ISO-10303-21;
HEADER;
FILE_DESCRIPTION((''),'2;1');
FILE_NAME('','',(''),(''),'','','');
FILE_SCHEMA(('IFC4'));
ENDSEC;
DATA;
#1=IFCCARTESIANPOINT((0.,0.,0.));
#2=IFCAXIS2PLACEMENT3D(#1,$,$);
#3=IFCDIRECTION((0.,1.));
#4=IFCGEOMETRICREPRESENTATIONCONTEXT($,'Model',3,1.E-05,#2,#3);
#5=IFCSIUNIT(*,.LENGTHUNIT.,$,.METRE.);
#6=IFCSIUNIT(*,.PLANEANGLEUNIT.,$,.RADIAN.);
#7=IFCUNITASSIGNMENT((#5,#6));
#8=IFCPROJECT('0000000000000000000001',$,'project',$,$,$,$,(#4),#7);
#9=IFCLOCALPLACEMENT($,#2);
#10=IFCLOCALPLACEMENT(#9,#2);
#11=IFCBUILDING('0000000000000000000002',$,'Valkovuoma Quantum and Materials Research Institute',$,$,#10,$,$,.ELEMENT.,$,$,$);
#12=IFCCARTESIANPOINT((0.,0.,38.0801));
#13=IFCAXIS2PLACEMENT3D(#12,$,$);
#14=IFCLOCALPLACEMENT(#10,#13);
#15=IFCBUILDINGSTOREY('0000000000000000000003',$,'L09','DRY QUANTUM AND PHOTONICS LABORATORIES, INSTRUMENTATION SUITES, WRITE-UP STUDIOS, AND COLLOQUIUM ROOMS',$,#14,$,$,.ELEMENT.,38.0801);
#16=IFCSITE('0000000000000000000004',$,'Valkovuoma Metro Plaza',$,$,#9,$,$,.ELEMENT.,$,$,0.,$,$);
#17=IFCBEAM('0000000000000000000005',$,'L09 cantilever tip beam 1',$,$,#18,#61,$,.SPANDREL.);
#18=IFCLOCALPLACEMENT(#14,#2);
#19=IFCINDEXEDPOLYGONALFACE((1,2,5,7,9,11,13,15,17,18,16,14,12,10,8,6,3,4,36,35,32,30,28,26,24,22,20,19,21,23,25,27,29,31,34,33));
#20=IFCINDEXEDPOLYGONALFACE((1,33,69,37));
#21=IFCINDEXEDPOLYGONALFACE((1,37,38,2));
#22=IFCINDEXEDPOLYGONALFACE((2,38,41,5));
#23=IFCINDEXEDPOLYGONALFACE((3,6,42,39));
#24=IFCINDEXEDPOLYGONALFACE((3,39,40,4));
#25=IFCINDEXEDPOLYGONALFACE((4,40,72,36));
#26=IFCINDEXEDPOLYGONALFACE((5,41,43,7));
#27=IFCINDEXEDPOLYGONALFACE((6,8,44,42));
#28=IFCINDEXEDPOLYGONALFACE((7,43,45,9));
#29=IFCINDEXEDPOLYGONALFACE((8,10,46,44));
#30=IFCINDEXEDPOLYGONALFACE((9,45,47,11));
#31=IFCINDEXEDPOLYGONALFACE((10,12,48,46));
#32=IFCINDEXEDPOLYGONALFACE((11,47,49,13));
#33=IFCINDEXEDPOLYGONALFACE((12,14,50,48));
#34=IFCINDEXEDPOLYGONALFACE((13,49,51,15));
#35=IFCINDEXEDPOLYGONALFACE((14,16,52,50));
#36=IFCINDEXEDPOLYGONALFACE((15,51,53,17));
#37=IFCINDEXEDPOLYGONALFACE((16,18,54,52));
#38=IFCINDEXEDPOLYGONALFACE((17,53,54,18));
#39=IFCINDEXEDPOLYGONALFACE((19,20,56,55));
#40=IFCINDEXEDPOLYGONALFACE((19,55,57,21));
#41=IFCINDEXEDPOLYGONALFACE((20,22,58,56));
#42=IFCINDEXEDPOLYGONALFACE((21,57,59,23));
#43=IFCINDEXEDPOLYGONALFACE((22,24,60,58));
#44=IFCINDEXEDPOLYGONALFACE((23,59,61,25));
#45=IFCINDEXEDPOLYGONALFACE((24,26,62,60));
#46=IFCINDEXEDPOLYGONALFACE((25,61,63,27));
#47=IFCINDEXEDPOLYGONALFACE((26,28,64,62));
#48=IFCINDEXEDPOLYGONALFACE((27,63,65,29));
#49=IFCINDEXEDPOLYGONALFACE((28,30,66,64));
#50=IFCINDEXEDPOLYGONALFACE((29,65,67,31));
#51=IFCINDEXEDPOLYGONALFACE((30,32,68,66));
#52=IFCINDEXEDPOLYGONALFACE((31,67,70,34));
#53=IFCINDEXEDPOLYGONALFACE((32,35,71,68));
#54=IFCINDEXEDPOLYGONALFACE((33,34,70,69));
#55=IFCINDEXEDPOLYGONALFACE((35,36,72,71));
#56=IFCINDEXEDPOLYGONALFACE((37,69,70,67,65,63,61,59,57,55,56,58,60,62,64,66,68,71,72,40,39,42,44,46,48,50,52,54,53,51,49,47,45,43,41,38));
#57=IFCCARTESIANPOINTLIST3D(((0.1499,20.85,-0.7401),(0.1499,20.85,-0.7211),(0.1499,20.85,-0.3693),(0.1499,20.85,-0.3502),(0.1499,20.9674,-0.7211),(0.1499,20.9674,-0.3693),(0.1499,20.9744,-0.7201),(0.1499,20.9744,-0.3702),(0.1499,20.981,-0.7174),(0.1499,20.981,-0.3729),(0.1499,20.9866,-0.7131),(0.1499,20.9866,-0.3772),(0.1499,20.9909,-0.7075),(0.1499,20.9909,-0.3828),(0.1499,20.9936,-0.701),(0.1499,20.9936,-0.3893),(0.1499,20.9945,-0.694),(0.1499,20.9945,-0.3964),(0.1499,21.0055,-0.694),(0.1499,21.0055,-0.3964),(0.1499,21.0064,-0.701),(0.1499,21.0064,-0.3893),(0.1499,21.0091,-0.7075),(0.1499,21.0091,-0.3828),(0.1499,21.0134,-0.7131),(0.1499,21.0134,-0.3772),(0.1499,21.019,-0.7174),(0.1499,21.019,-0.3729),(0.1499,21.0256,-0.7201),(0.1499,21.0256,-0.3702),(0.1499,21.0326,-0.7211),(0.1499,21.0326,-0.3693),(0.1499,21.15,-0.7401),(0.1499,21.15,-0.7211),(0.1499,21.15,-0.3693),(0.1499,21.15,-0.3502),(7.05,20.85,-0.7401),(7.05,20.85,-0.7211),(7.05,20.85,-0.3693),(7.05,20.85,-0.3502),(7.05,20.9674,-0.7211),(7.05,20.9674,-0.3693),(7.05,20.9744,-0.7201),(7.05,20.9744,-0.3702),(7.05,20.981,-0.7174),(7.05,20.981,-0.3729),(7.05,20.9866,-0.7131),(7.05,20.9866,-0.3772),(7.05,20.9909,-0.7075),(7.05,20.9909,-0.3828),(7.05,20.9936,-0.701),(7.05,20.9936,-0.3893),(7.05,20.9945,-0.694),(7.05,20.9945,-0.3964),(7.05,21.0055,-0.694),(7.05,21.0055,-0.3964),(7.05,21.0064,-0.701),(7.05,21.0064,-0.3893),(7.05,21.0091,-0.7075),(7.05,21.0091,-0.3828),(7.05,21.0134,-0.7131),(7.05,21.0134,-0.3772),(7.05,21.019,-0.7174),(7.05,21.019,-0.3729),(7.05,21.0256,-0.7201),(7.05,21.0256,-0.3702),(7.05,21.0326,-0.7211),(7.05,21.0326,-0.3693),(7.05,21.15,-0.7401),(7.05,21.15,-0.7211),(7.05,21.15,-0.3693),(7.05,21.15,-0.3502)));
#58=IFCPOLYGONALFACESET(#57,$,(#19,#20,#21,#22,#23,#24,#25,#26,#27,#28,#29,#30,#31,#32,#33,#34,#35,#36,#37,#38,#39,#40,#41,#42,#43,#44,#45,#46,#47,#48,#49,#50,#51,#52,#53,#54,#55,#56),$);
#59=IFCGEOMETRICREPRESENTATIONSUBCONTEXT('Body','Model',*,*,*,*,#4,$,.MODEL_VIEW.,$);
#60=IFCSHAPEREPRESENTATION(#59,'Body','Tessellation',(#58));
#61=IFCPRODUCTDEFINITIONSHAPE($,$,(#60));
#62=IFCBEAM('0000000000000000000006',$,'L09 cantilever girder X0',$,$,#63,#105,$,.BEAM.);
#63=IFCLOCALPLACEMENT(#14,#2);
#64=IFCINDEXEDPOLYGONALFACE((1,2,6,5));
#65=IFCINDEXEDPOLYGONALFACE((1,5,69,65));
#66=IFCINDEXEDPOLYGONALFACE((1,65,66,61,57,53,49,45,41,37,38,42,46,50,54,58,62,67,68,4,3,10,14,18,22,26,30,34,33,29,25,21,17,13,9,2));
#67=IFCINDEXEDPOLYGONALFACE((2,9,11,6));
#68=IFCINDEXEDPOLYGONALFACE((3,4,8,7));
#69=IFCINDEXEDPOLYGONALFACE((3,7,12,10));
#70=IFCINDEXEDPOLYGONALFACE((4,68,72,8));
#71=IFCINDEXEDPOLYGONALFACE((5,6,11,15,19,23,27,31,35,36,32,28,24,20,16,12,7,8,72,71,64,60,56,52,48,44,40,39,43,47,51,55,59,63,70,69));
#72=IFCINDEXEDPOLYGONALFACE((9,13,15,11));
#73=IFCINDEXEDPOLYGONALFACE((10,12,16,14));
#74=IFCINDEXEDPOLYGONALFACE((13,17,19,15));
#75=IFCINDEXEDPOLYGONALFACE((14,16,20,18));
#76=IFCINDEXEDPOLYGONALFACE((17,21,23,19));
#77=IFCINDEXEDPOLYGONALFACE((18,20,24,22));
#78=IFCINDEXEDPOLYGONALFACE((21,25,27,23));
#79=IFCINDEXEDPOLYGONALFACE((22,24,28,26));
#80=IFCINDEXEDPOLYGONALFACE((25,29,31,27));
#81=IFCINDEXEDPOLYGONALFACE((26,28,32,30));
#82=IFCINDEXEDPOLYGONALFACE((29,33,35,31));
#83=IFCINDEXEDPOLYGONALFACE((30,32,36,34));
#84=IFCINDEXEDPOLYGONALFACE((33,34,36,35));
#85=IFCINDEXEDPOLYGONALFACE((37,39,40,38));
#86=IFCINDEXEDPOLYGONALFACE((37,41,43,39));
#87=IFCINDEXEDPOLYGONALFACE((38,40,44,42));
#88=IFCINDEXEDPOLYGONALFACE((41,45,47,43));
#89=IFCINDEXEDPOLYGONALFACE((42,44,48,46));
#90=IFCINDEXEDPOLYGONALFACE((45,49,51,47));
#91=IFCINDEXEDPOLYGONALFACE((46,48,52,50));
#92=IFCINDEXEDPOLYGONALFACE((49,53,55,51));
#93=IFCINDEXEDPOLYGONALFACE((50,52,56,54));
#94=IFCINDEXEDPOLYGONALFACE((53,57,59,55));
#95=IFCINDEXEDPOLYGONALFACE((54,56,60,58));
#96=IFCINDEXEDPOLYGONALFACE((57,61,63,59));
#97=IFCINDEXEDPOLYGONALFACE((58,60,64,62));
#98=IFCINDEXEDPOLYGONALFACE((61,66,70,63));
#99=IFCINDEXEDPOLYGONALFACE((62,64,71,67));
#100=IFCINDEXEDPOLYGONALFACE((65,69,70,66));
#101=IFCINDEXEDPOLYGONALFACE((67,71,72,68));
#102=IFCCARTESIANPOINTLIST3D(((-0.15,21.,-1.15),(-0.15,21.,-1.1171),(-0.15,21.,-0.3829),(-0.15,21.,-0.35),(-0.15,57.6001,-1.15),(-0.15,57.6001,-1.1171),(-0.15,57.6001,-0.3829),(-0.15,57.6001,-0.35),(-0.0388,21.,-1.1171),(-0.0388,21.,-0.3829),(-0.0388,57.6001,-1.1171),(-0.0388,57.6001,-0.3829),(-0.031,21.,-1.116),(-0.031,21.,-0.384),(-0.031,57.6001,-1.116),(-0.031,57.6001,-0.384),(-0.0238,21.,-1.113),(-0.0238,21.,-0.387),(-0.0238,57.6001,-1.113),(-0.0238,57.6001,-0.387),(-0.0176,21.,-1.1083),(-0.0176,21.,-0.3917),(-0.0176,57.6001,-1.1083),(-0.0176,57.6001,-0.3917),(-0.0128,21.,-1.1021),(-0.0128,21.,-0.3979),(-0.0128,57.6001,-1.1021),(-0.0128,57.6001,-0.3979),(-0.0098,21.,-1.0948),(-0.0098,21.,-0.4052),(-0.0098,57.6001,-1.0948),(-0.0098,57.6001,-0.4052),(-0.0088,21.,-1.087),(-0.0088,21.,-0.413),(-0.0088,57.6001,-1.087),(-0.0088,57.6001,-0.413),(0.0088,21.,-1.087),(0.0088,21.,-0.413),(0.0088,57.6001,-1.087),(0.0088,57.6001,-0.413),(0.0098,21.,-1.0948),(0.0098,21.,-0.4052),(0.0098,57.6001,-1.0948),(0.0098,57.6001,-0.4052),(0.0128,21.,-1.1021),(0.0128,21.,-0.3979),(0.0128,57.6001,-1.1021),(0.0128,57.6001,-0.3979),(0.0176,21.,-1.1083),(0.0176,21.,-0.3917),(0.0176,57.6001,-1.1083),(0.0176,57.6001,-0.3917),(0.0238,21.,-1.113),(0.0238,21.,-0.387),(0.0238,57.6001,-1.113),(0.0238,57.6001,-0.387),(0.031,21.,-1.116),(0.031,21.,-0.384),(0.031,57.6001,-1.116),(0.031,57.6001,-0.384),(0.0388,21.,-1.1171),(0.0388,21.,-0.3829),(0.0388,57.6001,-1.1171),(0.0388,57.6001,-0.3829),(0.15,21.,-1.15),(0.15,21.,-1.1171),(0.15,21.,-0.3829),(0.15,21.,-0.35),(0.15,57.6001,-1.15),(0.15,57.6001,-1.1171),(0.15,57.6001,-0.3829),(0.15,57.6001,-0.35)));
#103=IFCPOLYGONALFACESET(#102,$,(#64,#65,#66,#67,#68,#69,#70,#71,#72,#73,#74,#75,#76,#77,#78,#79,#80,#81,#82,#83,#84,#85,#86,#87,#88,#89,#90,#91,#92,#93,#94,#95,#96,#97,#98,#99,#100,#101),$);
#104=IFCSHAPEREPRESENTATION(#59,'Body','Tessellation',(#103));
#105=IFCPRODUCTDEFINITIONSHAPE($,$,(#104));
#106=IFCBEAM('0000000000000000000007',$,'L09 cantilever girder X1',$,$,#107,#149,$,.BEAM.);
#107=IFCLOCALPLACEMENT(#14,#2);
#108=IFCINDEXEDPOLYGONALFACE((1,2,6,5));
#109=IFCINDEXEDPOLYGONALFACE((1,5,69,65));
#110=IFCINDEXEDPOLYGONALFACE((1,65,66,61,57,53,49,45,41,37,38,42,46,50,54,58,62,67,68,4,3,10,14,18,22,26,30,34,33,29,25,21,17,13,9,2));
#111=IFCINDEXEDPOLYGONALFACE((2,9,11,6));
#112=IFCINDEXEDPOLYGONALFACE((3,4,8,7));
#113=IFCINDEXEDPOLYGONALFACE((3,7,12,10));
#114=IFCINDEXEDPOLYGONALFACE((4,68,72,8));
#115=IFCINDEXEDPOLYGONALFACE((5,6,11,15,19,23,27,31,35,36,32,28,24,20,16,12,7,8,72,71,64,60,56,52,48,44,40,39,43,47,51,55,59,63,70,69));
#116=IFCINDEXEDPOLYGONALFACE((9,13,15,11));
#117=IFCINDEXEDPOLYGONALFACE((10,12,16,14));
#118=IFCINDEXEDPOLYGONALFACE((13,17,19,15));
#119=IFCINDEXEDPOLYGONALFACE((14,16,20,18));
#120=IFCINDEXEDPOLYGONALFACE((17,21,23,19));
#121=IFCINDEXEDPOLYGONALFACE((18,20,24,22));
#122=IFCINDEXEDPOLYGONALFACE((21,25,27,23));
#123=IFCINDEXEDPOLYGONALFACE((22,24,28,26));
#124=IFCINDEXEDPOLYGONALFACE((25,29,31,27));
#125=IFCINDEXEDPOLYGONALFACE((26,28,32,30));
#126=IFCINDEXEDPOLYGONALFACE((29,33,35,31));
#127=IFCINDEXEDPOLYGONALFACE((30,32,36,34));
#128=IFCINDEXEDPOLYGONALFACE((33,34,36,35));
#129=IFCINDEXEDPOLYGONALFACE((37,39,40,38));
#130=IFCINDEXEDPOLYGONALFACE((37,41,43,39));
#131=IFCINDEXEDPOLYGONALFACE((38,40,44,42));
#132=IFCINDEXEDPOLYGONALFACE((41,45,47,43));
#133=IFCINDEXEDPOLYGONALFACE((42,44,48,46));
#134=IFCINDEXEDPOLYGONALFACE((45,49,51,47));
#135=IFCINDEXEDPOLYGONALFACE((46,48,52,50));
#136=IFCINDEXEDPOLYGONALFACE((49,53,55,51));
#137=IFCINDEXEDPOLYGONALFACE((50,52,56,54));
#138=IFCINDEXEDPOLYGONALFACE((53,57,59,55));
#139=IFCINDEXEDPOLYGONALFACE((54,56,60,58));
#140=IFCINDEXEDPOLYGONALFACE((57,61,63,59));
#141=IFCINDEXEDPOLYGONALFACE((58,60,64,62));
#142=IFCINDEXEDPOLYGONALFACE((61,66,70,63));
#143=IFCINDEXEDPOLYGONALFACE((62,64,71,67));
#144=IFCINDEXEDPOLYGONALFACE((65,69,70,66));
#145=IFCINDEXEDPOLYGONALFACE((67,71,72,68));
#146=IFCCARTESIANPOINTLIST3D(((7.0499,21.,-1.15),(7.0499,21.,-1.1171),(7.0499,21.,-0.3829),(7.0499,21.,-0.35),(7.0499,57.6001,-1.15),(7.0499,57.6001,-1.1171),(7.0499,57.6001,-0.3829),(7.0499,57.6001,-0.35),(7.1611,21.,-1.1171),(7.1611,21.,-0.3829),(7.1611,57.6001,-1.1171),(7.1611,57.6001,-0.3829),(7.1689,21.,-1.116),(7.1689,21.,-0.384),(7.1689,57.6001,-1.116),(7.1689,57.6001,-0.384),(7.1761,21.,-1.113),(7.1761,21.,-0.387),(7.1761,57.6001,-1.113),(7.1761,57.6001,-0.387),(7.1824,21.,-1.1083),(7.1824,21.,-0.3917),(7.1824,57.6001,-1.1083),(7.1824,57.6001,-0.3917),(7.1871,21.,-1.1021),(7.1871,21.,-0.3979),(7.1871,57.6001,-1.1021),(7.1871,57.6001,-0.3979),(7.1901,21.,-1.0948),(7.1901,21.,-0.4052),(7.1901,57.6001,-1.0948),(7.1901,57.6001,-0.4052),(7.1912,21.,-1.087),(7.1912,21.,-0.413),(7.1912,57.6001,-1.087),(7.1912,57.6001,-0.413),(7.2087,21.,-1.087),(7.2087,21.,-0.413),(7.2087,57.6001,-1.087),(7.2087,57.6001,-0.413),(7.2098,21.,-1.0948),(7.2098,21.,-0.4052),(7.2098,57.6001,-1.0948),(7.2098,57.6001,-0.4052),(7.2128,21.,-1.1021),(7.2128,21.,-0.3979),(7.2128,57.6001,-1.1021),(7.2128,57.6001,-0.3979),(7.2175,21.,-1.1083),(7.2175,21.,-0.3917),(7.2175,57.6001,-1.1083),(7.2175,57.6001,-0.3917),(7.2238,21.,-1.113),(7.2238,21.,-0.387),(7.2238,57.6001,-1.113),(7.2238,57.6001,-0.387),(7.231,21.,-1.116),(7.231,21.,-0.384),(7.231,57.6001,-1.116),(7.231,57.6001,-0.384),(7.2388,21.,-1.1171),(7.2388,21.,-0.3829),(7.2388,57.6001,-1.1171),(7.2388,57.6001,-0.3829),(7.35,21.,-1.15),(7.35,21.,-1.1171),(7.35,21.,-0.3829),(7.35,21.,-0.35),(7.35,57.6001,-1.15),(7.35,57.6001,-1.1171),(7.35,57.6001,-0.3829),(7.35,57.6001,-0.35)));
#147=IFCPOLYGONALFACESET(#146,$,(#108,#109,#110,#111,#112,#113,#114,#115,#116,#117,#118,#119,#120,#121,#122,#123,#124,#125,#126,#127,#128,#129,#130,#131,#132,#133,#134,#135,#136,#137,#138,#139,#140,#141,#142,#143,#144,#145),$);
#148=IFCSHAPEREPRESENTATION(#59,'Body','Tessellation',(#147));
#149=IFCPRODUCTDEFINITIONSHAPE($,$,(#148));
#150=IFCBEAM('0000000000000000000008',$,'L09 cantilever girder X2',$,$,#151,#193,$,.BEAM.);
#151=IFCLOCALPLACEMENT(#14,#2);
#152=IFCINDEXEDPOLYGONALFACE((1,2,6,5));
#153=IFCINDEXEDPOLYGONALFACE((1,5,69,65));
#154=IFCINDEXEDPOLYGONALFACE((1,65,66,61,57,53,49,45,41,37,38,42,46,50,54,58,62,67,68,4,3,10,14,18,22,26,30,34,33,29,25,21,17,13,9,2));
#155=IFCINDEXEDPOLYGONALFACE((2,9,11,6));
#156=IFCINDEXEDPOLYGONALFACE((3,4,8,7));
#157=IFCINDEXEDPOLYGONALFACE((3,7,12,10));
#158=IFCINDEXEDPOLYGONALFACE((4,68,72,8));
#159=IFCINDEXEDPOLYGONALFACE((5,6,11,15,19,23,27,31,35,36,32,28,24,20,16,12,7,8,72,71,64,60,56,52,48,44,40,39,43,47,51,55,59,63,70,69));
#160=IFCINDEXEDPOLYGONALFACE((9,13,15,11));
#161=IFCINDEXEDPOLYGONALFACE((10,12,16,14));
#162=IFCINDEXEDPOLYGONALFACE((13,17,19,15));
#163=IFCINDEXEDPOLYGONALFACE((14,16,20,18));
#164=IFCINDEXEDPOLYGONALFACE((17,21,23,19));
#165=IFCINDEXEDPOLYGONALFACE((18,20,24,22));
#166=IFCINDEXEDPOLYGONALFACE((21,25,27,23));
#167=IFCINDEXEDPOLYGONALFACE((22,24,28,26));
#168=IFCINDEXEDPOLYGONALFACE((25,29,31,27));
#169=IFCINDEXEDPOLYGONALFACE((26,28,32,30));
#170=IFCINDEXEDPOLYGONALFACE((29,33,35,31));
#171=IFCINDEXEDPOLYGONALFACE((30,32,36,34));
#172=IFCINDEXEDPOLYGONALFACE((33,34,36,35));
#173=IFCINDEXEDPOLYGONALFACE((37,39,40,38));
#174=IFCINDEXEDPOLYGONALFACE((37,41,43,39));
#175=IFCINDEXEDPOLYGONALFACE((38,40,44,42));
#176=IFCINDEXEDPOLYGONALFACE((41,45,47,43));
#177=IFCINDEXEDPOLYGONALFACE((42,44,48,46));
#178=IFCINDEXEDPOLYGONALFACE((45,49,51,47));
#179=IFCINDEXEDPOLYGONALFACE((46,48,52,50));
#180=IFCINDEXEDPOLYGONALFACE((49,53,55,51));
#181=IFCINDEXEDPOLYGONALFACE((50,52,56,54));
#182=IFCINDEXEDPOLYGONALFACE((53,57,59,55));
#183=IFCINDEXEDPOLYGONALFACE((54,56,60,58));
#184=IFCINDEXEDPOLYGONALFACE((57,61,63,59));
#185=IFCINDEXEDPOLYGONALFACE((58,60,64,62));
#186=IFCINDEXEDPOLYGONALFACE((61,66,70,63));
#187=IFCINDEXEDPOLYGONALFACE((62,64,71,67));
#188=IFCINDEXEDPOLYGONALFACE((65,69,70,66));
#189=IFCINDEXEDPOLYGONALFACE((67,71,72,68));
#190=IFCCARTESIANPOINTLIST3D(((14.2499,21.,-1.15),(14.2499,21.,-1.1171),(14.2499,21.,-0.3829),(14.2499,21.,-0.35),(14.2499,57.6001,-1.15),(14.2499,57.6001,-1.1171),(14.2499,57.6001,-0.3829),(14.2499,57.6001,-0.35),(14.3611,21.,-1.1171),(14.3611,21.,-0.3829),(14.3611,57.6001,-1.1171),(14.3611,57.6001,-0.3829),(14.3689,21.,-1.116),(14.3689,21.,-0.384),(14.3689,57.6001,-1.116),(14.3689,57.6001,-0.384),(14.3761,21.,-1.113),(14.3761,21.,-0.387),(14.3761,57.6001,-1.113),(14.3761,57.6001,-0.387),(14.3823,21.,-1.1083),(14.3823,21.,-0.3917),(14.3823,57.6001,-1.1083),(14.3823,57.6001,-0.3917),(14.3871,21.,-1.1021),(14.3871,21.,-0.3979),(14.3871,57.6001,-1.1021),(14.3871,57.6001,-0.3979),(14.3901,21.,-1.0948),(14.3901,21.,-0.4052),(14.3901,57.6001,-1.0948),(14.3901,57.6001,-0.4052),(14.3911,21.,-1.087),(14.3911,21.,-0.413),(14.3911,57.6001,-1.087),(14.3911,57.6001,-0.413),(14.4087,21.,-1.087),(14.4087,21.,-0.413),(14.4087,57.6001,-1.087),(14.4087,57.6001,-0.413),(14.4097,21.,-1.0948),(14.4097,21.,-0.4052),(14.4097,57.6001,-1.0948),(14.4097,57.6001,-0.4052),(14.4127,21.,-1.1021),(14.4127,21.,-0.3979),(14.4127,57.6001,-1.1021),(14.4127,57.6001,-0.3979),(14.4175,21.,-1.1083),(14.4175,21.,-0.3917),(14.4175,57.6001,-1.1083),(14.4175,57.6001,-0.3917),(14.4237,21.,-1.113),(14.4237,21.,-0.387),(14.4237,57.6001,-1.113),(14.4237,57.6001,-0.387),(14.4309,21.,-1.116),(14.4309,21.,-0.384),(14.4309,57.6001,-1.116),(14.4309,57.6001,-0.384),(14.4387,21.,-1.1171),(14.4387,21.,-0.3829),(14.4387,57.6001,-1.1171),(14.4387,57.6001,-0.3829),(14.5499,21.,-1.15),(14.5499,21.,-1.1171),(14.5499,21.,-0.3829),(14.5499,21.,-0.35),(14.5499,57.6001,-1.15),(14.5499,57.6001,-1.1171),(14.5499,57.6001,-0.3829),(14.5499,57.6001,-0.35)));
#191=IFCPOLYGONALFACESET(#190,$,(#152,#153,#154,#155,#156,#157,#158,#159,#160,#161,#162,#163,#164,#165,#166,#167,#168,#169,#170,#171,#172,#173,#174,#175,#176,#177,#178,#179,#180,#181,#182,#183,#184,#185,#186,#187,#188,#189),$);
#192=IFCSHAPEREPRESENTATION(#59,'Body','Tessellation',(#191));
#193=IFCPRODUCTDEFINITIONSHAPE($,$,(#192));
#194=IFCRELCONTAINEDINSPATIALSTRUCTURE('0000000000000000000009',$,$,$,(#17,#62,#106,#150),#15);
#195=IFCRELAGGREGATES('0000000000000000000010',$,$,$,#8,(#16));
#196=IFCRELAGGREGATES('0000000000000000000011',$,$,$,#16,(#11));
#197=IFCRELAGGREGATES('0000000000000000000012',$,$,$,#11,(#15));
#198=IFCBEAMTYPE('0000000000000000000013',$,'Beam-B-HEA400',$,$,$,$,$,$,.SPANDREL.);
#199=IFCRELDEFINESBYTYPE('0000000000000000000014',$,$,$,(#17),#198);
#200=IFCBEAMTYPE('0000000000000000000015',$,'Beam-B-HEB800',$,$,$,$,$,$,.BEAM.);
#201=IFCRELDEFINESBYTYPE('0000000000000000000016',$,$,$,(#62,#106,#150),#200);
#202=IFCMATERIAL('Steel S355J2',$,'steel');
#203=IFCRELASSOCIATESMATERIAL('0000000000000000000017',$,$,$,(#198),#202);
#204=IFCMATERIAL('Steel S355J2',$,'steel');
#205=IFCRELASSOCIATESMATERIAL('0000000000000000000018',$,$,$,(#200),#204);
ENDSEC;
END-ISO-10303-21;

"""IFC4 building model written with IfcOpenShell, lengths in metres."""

from ifc_helpers import new_model, si_unit, direction, frame, origin, origin_2d, place, context, subcontext, project, spatial, i_section, extrude, material, material_profile, profile_set, type_object, element, save


model = new_model("IFC4")

# Units and contexts
model_context = context("Model", 3, precision=1e-05, world=origin(), true_north=direction((0.0, 1.0)))
body_context = subcontext(model_context, "Body", "Model", "MODEL_VIEW")
ifc_project = project(units=[si_unit("LENGTHUNIT", "METRE"), si_unit("PLANEANGLEUNIT", "RADIAN")], contexts=[model_context])

# Site, building, storey
site_placement = place(None, origin())
site = spatial("IfcSite", under=ifc_project, at=site_placement, Name="Valkovuoma Metro Plaza", CompositionType="ELEMENT", RefElevation=0.0)
building_placement = place(site_placement, origin())
building = spatial("IfcBuilding", under=site, at=building_placement, Name="Valkovuoma Quantum and Materials Research Institute", CompositionType="ELEMENT")
storey_placement = place(building_placement, frame((0.0, 0.0, 38.0801)))
storey = spatial("IfcBuildingStorey", under=building, at=storey_placement, Name="L09", Description="DRY QUANTUM AND PHOTONICS LABORATORIES, INSTRUMENTATION SUITES, WRITE-UP STUDIOS, AND COLLOQUIUM ROOMS", CompositionType="ELEMENT", Elevation=38.0801)

# Beams
ifc_material_1 = material(Name="Steel S355J2", Category="steel")
ifc_material_profile_1 = material_profile(ifc_material_1, i_section(OverallWidth=0.3, OverallDepth=0.3899, WebThickness=0.011, FlangeThickness=0.019, FilletRadius=0.0271, at=origin_2d()), Name="Steel S355J2")
ifc_profile_set_1 = profile_set([ifc_material_profile_1], Name="Steel S355J2")
beam_type_1 = type_object("IfcBeamType", Name="Beam-B-HEA400", PredefinedType="SPANDREL", material=ifc_profile_set_1)
beam_placement = place(storey_placement, frame((0.1499, 21.0, -0.5452), z_axis=(1.0, 0.0, 0.0), x_axis=(0.0, 1.0, 0.0)))
element("IfcBeam", 1, at=beam_placement, inside=storey, type_object=beam_type_1, Name="L09 cantilever tip beam 1", PredefinedType="SPANDREL", context=body_context, shape_type="SweptSolid", body=[
    extrude(i_section(OverallWidth=0.3, OverallDepth=0.3899, WebThickness=0.011, FlangeThickness=0.019, FilletRadius=0.0271, at=origin_2d()), origin(), (0.0, 0.0, 1.0), 6.9001),
])
ifc_material_2 = material(Name="Steel S355J2", Category="steel")
ifc_material_profile_2 = material_profile(ifc_material_2, i_section(OverallWidth=0.3, OverallDepth=0.8, WebThickness=0.0176, FlangeThickness=0.033, FilletRadius=0.03, at=origin_2d()), Name="Steel S355J2")
ifc_profile_set_2 = profile_set([ifc_material_profile_2], Name="Steel S355J2")
beam_type_2 = type_object("IfcBeamType", Name="Beam-B-HEB800", PredefinedType="BEAM", material=ifc_profile_set_2)
for number, where, z_axis, x_axis, name in (
    (2, (0.0, 21.0, -0.75), (0.0, 1.0, 0.0), (-1.0, 0.0, 0.0), "L09 cantilever girder X0"),
    (3, (7.2, 21.0, -0.75), (0.0, 1.0, 0.0), (-1.0, 0.0, 0.0), "L09 cantilever girder X1"),
    (4, (14.3999, 21.0, -0.75), (0.0, 1.0, 0.0), (-1.0, 0.0, 0.0), "L09 cantilever girder X2"),
):
    element("IfcBeam", number, at=place(storey_placement, frame(where, z_axis=z_axis, x_axis=x_axis)), inside=storey, type_object=beam_type_2, Name=name, PredefinedType="BEAM", context=body_context, shape_type="SweptSolid", body=[
        extrude(i_section(OverallWidth=0.3, OverallDepth=0.8, WebThickness=0.0176, FlangeThickness=0.033, FilletRadius=0.03, at=origin_2d()), origin(), (0.0, 0.0, 1.0), 36.6001),
    ])

save(model, "model.ifc")
